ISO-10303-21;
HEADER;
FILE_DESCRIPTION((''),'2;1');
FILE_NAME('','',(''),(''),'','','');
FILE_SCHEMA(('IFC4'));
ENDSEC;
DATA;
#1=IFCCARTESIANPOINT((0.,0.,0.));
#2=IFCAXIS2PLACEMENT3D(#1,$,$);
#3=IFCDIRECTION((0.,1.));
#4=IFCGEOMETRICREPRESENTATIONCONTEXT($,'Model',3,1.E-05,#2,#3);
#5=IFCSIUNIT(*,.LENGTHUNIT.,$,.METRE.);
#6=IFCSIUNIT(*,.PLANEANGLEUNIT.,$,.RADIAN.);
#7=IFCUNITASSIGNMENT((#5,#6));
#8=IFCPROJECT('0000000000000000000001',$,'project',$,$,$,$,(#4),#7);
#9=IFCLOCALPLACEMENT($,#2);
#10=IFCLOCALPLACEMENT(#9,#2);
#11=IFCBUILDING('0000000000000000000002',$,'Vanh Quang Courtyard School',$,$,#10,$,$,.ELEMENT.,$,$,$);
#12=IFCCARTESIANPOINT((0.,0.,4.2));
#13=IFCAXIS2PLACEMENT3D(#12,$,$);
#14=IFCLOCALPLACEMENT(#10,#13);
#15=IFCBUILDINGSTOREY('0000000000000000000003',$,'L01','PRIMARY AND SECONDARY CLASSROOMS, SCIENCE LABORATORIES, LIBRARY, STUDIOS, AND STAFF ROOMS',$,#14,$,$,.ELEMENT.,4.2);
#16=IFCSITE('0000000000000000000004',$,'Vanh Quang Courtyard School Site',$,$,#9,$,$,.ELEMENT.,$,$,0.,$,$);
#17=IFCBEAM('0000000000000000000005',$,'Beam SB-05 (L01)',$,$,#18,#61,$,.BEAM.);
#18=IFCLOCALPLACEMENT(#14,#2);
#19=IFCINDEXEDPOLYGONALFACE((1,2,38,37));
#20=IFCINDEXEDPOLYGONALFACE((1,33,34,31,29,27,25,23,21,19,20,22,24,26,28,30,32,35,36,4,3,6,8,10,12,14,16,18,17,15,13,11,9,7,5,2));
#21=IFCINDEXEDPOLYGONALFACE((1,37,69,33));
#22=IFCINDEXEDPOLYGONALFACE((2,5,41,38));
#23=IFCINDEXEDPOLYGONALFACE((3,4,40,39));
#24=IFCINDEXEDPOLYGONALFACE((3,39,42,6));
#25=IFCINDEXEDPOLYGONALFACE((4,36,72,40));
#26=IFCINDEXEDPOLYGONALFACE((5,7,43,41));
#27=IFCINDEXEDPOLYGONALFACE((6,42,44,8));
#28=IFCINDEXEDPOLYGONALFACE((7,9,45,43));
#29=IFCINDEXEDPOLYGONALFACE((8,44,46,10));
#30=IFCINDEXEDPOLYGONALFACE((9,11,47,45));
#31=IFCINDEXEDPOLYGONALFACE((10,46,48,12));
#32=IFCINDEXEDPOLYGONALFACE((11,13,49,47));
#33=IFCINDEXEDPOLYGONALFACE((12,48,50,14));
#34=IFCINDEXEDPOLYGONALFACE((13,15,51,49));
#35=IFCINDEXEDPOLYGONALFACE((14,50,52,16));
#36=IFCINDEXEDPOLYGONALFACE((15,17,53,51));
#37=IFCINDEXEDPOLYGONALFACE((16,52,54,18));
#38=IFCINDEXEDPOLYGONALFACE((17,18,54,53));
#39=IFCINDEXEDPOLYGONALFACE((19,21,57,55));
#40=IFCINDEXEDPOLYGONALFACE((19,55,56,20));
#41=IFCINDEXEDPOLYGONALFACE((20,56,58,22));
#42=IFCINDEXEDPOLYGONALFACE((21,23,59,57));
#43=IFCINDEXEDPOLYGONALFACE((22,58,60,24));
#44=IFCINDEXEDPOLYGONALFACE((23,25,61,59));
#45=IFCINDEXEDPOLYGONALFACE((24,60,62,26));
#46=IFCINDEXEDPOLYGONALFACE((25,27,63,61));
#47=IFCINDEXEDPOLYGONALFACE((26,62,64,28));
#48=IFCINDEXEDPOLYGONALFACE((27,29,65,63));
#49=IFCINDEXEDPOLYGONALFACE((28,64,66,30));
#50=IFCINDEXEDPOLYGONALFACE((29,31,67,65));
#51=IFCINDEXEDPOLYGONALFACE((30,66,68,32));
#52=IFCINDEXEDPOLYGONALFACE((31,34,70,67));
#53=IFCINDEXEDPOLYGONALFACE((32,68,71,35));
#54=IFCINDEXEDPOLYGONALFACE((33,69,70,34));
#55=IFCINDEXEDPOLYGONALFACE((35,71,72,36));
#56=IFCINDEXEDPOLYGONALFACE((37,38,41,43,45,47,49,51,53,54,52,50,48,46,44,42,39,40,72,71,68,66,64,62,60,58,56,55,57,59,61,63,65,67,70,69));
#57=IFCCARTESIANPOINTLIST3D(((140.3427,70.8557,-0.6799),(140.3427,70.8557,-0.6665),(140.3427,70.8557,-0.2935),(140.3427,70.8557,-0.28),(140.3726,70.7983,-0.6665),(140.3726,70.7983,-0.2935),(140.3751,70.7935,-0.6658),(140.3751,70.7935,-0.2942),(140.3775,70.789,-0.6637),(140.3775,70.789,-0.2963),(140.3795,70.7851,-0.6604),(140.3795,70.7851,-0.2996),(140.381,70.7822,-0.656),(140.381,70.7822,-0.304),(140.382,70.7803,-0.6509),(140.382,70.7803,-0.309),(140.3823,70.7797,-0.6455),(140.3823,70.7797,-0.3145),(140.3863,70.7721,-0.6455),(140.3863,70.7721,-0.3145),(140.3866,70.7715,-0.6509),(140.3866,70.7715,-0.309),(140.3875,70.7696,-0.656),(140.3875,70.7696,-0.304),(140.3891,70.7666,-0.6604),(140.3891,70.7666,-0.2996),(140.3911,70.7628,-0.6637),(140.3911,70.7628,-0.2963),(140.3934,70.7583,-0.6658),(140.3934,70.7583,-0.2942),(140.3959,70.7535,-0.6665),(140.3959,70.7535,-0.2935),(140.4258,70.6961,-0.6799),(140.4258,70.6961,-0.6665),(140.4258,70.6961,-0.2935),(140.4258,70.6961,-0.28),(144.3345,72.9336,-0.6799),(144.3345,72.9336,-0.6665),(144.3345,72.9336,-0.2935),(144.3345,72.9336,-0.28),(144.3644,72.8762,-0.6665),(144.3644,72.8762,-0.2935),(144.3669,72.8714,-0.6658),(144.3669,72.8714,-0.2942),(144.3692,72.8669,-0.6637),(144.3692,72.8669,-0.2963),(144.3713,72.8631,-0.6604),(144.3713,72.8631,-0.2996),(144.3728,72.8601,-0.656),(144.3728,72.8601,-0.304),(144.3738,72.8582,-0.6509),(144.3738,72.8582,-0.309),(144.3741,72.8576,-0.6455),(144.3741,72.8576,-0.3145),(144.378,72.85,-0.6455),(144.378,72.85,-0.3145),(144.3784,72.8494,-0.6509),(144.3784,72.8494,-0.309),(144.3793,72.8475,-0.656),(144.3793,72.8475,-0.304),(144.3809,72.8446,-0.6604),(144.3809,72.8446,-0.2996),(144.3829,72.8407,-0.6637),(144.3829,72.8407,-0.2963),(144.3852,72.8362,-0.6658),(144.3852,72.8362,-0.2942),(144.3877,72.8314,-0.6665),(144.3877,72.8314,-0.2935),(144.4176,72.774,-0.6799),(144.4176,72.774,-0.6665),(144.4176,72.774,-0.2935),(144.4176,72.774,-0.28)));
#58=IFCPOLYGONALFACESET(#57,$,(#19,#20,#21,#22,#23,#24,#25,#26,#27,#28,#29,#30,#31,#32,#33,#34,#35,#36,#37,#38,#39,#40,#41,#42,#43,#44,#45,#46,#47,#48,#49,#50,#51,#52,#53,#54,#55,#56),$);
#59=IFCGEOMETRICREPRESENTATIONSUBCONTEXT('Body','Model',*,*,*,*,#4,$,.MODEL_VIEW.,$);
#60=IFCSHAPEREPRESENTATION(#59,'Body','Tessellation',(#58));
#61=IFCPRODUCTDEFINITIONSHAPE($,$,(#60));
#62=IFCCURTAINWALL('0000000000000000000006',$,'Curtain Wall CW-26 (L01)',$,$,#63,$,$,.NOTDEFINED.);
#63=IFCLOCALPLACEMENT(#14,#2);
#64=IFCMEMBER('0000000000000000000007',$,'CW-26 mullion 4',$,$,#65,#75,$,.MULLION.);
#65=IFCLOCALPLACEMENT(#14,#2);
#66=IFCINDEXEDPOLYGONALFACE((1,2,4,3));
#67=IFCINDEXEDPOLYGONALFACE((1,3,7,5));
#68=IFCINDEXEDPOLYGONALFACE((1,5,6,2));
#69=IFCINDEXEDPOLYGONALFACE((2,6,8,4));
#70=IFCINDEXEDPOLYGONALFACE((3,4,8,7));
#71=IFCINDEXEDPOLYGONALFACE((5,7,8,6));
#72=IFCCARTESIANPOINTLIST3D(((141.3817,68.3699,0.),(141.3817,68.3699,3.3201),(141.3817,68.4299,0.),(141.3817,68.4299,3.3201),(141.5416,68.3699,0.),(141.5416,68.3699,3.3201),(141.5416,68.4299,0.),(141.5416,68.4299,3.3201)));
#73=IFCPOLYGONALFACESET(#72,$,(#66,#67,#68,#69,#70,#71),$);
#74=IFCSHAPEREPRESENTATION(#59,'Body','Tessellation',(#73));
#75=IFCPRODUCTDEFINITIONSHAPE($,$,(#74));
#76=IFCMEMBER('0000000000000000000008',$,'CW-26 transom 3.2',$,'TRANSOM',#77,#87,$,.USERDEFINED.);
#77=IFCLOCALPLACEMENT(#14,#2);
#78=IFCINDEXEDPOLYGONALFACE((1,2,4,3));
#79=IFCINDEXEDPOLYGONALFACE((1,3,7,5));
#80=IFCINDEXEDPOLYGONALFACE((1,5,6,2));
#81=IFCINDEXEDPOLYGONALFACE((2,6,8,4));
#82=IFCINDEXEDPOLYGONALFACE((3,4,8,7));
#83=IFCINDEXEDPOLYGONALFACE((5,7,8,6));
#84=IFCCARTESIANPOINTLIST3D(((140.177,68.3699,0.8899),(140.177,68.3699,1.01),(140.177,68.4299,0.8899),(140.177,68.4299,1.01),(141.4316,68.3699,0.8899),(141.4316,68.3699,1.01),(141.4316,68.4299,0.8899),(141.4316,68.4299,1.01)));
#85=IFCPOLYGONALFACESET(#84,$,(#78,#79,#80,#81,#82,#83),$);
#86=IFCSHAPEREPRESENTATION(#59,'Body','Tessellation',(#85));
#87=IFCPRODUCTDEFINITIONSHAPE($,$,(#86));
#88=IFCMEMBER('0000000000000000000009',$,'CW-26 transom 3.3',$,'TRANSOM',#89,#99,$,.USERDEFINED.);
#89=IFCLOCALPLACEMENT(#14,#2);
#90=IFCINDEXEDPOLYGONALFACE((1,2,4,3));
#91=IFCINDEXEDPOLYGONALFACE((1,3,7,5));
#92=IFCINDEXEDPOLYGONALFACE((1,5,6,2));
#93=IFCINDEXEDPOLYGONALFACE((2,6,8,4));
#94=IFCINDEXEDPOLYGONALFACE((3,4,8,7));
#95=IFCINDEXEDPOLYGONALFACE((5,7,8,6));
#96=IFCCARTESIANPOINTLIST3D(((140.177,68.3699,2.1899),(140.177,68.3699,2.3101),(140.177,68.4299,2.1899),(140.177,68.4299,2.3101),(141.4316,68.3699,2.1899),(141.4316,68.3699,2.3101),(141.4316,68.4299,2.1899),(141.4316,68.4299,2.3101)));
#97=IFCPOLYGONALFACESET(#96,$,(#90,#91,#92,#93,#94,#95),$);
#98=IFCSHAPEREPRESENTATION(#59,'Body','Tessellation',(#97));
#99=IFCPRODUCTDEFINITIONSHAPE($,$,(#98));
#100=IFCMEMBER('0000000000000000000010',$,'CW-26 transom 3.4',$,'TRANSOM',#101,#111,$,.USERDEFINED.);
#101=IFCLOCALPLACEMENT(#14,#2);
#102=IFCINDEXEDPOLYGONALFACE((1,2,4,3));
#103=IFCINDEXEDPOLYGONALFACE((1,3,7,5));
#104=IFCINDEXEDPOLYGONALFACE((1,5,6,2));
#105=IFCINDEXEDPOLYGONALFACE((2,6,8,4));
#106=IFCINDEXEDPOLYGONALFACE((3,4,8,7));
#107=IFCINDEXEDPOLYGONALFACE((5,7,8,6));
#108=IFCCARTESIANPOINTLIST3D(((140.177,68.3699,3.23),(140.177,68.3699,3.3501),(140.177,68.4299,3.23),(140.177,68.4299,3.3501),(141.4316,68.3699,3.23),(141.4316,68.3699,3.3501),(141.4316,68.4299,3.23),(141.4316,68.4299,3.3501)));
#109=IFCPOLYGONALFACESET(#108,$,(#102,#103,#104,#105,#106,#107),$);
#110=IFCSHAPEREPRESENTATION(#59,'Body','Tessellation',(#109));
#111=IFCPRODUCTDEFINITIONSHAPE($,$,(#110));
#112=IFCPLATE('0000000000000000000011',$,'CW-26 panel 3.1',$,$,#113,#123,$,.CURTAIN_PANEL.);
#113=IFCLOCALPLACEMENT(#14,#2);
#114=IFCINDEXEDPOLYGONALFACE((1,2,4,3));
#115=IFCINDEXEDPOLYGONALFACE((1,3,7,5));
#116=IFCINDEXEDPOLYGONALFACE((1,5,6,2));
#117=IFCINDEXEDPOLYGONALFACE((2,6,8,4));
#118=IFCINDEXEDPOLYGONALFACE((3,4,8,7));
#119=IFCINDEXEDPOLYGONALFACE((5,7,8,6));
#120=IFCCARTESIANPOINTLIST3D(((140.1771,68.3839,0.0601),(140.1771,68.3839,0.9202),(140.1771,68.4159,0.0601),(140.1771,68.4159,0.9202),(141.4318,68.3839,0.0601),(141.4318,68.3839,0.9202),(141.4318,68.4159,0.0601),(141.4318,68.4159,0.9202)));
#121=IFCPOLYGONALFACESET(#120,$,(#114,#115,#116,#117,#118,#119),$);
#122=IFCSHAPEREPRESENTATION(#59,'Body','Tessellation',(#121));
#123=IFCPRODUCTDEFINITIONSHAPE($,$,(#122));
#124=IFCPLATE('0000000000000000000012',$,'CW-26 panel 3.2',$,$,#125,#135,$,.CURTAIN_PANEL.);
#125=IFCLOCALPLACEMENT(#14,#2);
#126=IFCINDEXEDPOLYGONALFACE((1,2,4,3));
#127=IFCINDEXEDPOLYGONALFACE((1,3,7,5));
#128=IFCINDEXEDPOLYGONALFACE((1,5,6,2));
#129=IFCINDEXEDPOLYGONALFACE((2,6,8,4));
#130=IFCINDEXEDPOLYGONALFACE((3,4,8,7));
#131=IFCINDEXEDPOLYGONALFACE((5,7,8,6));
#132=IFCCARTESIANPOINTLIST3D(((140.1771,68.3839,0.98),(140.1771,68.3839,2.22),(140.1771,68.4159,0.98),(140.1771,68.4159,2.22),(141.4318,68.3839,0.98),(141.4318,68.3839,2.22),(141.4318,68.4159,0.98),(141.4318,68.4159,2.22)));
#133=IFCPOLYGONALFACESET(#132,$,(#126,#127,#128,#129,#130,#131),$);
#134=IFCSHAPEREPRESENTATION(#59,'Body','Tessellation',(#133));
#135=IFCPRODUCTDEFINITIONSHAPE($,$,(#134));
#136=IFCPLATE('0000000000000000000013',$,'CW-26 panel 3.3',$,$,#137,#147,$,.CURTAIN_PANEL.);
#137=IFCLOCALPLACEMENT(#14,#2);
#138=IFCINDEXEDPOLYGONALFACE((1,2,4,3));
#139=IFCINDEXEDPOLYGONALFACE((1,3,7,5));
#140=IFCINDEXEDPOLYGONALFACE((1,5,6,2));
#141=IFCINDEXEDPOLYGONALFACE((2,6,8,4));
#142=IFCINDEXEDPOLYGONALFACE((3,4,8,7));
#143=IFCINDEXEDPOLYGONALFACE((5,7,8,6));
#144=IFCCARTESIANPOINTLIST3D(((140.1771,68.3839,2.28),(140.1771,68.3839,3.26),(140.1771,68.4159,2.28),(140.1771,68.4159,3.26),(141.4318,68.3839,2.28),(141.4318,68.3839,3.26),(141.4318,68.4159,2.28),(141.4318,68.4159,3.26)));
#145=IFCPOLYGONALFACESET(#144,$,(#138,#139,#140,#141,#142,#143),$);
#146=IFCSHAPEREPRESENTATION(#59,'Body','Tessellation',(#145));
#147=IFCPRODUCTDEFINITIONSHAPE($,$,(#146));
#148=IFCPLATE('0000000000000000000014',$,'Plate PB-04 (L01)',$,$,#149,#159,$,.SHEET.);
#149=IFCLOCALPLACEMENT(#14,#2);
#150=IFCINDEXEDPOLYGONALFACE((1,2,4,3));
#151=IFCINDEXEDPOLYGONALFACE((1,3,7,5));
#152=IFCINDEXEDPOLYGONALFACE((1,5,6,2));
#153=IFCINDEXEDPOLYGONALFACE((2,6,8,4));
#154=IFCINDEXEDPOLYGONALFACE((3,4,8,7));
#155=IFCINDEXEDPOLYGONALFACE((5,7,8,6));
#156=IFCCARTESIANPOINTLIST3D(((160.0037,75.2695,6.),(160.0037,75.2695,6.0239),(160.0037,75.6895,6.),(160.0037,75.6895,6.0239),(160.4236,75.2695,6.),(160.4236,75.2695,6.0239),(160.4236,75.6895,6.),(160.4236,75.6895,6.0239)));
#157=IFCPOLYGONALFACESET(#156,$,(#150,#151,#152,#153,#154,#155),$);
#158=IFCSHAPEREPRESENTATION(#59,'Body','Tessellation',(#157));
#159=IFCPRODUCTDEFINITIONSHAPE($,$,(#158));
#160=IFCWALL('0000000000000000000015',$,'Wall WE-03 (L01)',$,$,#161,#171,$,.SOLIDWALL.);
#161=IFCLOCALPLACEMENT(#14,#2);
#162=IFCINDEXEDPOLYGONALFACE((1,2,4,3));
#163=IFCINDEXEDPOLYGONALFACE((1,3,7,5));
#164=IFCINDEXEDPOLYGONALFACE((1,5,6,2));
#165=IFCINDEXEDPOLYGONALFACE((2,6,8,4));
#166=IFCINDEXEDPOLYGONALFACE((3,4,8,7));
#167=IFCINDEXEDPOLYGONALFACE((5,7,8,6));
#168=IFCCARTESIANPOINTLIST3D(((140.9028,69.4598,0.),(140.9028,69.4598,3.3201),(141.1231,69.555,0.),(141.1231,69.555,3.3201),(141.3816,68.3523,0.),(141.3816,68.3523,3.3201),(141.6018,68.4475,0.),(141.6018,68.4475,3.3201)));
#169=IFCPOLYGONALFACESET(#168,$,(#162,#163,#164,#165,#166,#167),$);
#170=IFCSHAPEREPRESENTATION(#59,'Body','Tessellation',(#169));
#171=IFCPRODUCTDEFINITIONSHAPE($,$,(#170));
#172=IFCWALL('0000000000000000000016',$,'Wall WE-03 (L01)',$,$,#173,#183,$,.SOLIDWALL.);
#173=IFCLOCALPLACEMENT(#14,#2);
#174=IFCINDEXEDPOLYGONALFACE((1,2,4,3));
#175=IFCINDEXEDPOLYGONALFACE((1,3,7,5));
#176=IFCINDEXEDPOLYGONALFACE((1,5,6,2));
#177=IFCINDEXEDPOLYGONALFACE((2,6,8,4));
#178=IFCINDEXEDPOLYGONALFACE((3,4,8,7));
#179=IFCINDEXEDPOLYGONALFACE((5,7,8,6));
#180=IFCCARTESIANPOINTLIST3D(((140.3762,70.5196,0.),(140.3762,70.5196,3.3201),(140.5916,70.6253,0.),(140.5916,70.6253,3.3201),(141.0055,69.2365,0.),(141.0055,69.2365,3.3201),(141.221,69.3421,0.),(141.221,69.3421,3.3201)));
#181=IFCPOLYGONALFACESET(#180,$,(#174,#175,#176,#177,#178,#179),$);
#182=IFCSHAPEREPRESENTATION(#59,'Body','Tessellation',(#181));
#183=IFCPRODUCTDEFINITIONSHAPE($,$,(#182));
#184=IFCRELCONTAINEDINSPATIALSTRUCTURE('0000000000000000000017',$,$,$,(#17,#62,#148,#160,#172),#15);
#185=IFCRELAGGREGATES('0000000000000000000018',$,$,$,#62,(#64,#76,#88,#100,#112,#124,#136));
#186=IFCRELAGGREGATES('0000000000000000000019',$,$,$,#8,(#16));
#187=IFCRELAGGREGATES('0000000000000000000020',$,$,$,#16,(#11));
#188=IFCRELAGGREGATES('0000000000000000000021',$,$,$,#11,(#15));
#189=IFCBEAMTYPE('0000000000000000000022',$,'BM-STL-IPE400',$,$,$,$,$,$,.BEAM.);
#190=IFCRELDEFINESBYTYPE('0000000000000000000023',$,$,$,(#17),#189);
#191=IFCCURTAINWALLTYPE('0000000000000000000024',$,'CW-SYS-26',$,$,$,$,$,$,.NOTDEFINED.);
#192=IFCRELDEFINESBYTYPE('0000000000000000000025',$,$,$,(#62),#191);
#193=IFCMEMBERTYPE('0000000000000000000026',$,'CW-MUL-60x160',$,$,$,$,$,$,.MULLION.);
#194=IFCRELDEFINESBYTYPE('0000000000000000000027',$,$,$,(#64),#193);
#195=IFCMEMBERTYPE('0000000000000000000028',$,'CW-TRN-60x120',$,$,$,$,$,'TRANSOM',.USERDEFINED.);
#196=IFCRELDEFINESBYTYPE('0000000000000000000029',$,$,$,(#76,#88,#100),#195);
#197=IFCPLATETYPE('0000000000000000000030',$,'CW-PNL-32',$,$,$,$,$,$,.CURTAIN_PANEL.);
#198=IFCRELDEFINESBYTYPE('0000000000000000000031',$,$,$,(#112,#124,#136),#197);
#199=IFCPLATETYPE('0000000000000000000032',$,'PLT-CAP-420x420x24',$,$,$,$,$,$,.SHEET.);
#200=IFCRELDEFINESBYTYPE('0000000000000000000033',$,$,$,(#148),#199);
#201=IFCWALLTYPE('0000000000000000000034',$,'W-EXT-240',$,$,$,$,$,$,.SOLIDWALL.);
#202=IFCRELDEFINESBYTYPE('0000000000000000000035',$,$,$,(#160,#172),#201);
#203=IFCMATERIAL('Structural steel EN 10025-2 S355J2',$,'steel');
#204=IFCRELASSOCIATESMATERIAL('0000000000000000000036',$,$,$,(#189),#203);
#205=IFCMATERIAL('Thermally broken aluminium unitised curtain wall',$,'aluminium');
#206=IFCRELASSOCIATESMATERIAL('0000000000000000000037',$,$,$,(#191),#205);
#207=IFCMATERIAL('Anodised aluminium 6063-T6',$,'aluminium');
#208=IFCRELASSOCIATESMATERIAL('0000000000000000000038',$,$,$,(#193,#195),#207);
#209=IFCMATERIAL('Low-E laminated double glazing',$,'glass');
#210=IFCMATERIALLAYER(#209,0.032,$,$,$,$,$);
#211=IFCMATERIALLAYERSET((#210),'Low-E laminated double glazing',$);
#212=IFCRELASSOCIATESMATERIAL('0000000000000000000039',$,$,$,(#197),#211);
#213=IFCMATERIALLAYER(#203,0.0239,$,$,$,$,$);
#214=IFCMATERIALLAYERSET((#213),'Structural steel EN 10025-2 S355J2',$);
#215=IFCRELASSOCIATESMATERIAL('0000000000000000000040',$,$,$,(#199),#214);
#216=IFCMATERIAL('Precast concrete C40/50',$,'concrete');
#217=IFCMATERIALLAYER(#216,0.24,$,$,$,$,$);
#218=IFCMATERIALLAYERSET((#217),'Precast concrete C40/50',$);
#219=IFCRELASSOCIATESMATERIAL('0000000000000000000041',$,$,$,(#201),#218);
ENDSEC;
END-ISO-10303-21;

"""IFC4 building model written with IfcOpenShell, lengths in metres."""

from ifc_helpers import new_model, si_unit, direction, frame, frame_2d, origin, origin_2d, place, context, subcontext, project, spatial, rectangle, i_section, extrude, material, layer, layer_set, material_profile, profile_set, type_object, element, aggregate, save


model = new_model("IFC4")

# Units and contexts
model_context = context("Model", 3, precision=1e-05, world=origin(), true_north=direction((0.0, 1.0)))
body_context = subcontext(model_context, "Body", "Model", "MODEL_VIEW")
ifc_project = project(units=[si_unit("LENGTHUNIT", "METRE"), si_unit("PLANEANGLEUNIT", "RADIAN")], contexts=[model_context])

# Site, building, storey
site_placement = place(None, origin())
site = spatial("IfcSite", under=ifc_project, at=site_placement, Name="Vanh Quang Courtyard School Site", CompositionType="ELEMENT", RefElevation=0.0)
building_placement = place(site_placement, origin())
building = spatial("IfcBuilding", under=site, at=building_placement, Name="Vanh Quang Courtyard School", CompositionType="ELEMENT")
storey_placement = place(building_placement, frame((0.0, 0.0, 4.2)))
storey = spatial("IfcBuildingStorey", under=building, at=storey_placement, Name="L01", Description="PRIMARY AND SECONDARY CLASSROOMS, SCIENCE LABORATORIES, LIBRARY, STUDIOS, AND STAFF ROOMS", CompositionType="ELEMENT", Elevation=4.2)

# Shared definitions
ifc_material_1 = material(Name="Structural steel EN 10025-2 S355J2", Category="steel")

# Beam
ifc_material_profile_1 = material_profile(ifc_material_1, i_section(OverallWidth=0.1799, OverallDepth=0.3999, WebThickness=0.0085, FlangeThickness=0.0134, FilletRadius=0.021, at=origin_2d()), Name="IPE 400")
ifc_profile_set_1 = profile_set([ifc_material_profile_1], Name="Structural steel EN 10025-2 S355J2")
beam_type_1 = type_object("IfcBeamType", Name="BM-STL-IPE400", PredefinedType="BEAM", material=ifc_profile_set_1)
beam_1_placement = place(storey_placement, frame((140.3843, 70.7759, -0.48), z_axis=(0.887017, 0.461737, 0.0), x_axis=(-0.461737, 0.887017, 0.0)))
element("IfcBeam", 1, at=beam_1_placement, inside=storey, type_object=beam_type_1, Name="Beam SB-05 (L01)", PredefinedType="BEAM", context=body_context, shape_type="SweptSolid", body=[
    extrude(i_section(OverallWidth=0.1799, OverallDepth=0.3999, WebThickness=0.0085, FlangeThickness=0.0134, FilletRadius=0.021, at=origin_2d()), origin(), (0.0, 0.0, 1.0), 4.5002),
])

# Curtain wall, members, plates
ifc_material_2 = material(Name="Thermally broken aluminium unitised curtain wall", Category="aluminium")
curtain_wall_type = type_object("IfcCurtainWallType", Name="CW-SYS-26", PredefinedType="NOTDEFINED", material=ifc_material_2)
curtain_wall_placement = place(storey_placement, origin())
curtain_wall = element("IfcCurtainWall", 2, at=curtain_wall_placement, inside=storey, type_object=curtain_wall_type, Name="Curtain Wall CW-26 (L01)", PredefinedType="NOTDEFINED")
ifc_material_3 = material(Name="Anodised aluminium 6063-T6", Category="aluminium")
ifc_material_profile_2 = material_profile(ifc_material_3, rectangle(XDim=0.0601, YDim=0.1599, at=origin_2d()), Name="ALU-MUL 60x160")
ifc_profile_set_2 = profile_set([ifc_material_profile_2], Name="Anodised aluminium 6063-T6")
member_type_1 = type_object("IfcMemberType", Name="CW-MUL-60x160", PredefinedType="MULLION", material=ifc_profile_set_2)
member_1_placement = place(storey_placement, frame((141.4617, 68.3999, 0.0), z_axis=(0.0, 0.0, 1.0), x_axis=(0.0, 1.0, 0.0)))
member_1 = element("IfcMember", 3, at=member_1_placement, type_object=member_type_1, Name="CW-26 mullion 4", PredefinedType="MULLION", context=body_context, shape_type="SweptSolid", body=[
    extrude(rectangle(XDim=0.0601, YDim=0.1599, at=origin_2d()), origin(), (0.0, 0.0, 1.0), 3.3201),
])
ifc_material_profile_3 = material_profile(ifc_material_3, rectangle(XDim=0.0601, YDim=0.1201, at=origin_2d()), Name="ALU-TRN 60x120")
ifc_profile_set_3 = profile_set([ifc_material_profile_3], Name="Anodised aluminium 6063-T6")
member_type_2 = type_object("IfcMemberType", Name="CW-TRN-60x120", ElementType="TRANSOM", PredefinedType="USERDEFINED", material=ifc_profile_set_3)
member_2_placement = place(storey_placement, frame((140.177, 68.3999, 0.95), z_axis=(1.0, 0.0, 0.0), x_axis=(0.0, 1.0, 0.0)))
member_2 = element("IfcMember", 4, at=member_2_placement, type_object=member_type_2, Name="CW-26 transom 3.2", ObjectType="TRANSOM", PredefinedType="USERDEFINED", context=body_context, shape_type="SweptSolid", body=[
    extrude(rectangle(XDim=0.0601, YDim=0.1201, at=origin_2d()), origin(), (0.0, 0.0, 1.0), 1.2546),
])
member_3_placement = place(storey_placement, frame((140.177, 68.3999, 2.25), z_axis=(1.0, 0.0, 0.0), x_axis=(0.0, 1.0, 0.0)))
member_3 = element("IfcMember", 5, at=member_3_placement, type_object=member_type_2, Name="CW-26 transom 3.3", ObjectType="TRANSOM", PredefinedType="USERDEFINED", context=body_context, shape_type="SweptSolid", body=[
    extrude(rectangle(XDim=0.0601, YDim=0.1201, at=origin_2d()), origin(), (0.0, 0.0, 1.0), 1.2546),
])
member_4_placement = place(storey_placement, frame((140.177, 68.3999, 3.29), z_axis=(1.0, 0.0, 0.0), x_axis=(0.0, 1.0, 0.0)))
member_4 = element("IfcMember", 6, at=member_4_placement, type_object=member_type_2, Name="CW-26 transom 3.4", ObjectType="TRANSOM", PredefinedType="USERDEFINED", context=body_context, shape_type="SweptSolid", body=[
    extrude(rectangle(XDim=0.0601, YDim=0.1201, at=origin_2d()), origin(), (0.0, 0.0, 1.0), 1.2546),
])
ifc_material_4 = material(Name="Low-E laminated double glazing", Category="glass")
ifc_layer_1 = layer(ifc_material_4, 0.032)
ifc_layer_set_1 = layer_set([ifc_layer_1], Name="Low-E laminated double glazing")
plate_type_1 = type_object("IfcPlateType", Name="CW-PNL-32", PredefinedType="CURTAIN_PANEL", material=ifc_layer_set_1)
plate_1_placement = place(storey_placement, frame((140.8044, 68.3999, 0.0601), z_axis=(0.0, 0.0, 1.0), x_axis=(1.0, 0.0, 0.0)))
plate_1 = element("IfcPlate", 7, at=plate_1_placement, type_object=plate_type_1, Name="CW-26 panel 3.1", PredefinedType="CURTAIN_PANEL", context=body_context, shape_type="SweptSolid", body=[
    extrude(rectangle(XDim=1.2546, YDim=0.032, at=origin_2d()), origin(), (0.0, 0.0, 1.0), 0.8601),
])
plate_2_placement = place(storey_placement, frame((140.8044, 68.3999, 0.98), z_axis=(0.0, 0.0, 1.0), x_axis=(1.0, 0.0, 0.0)))
plate_2 = element("IfcPlate", 8, at=plate_2_placement, type_object=plate_type_1, Name="CW-26 panel 3.2", PredefinedType="CURTAIN_PANEL", context=body_context, shape_type="SweptSolid", body=[
    extrude(rectangle(XDim=1.2546, YDim=0.032, at=origin_2d()), origin(), (0.0, 0.0, 1.0), 1.24),
])
plate_3_placement = place(storey_placement, frame((140.8044, 68.3999, 2.28), z_axis=(0.0, 0.0, 1.0), x_axis=(1.0, 0.0, 0.0)))
plate_3 = element("IfcPlate", 9, at=plate_3_placement, type_object=plate_type_1, Name="CW-26 panel 3.3", PredefinedType="CURTAIN_PANEL", context=body_context, shape_type="SweptSolid", body=[
    extrude(rectangle(XDim=1.2546, YDim=0.032, at=origin_2d()), origin(), (0.0, 0.0, 1.0), 0.98),
])
aggregate(curtain_wall, [member_1, member_2, member_3, member_4, plate_1, plate_2, plate_3])

# Plate
ifc_layer_2 = layer(ifc_material_1, 0.0239)
ifc_layer_set_2 = layer_set([ifc_layer_2], Name="Structural steel EN 10025-2 S355J2")
plate_type_2 = type_object("IfcPlateType", Name="PLT-CAP-420x420x24", PredefinedType="SHEET", material=ifc_layer_set_2)
plate_4_placement = place(storey_placement, frame((160.2136, 75.4795, 6.0), z_axis=(0.0, 0.0, 1.0), x_axis=(1.0, 0.0, 0.0)))
element("IfcPlate", 10, at=plate_4_placement, inside=storey, type_object=plate_type_2, Name="Plate PB-04 (L01)", PredefinedType="SHEET", context=body_context, shape_type="SweptSolid", body=[
    extrude(rectangle(XDim=0.4199, YDim=0.4199, at=origin_2d()), origin(), (0.0, 0.0, 1.0), 0.0239),
])

# Walls
ifc_material_5 = material(Name="Precast concrete C40/50", Category="concrete")
ifc_layer_3 = layer(ifc_material_5, 0.24)
ifc_layer_set_3 = layer_set([ifc_layer_3], Name="Precast concrete C40/50")
wall_type_1 = type_object("IfcWallType", Name="W-EXT-240", PredefinedType="SOLIDWALL", material=ifc_layer_set_3)
wall_1_placement = place(storey_placement, frame((141.4917, 68.3999, 0.0), z_axis=(0.0, 0.0, 1.0), x_axis=(-0.396824, 0.917895, 0.0)))
element("IfcWall", 11, at=wall_1_placement, inside=storey, type_object=wall_type_1, Name="Wall WE-03 (L01)", PredefinedType="SOLIDWALL", context=body_context, shape_type="SweptSolid", body=[
    extrude(rectangle(XDim=1.2065, YDim=0.24, at=frame_2d((0.6033, 0.0))), origin(), (0.0, 0.0, 1.0), 3.3201),
])
for number, where, z_axis, x_axis, name in (
    (12, (141.1133, 69.2893, 0.0), (0.0, 0.0, 1.0), (-0.440368, 0.897817, 0.0), "Wall WE-03 (L01)"),
):
    element("IfcWall", number, at=place(storey_placement, frame(where, z_axis=z_axis, x_axis=x_axis)), inside=storey, type_object=wall_type_1, Name=name, PredefinedType="SOLIDWALL", context=body_context, shape_type="SweptSolid", body=[
        extrude(rectangle(XDim=1.4292, YDim=0.24, at=frame_2d((0.7146, 0.0))), origin(), (0.0, 0.0, 1.0), 3.3201),
    ])

save(model, "model.ifc")
